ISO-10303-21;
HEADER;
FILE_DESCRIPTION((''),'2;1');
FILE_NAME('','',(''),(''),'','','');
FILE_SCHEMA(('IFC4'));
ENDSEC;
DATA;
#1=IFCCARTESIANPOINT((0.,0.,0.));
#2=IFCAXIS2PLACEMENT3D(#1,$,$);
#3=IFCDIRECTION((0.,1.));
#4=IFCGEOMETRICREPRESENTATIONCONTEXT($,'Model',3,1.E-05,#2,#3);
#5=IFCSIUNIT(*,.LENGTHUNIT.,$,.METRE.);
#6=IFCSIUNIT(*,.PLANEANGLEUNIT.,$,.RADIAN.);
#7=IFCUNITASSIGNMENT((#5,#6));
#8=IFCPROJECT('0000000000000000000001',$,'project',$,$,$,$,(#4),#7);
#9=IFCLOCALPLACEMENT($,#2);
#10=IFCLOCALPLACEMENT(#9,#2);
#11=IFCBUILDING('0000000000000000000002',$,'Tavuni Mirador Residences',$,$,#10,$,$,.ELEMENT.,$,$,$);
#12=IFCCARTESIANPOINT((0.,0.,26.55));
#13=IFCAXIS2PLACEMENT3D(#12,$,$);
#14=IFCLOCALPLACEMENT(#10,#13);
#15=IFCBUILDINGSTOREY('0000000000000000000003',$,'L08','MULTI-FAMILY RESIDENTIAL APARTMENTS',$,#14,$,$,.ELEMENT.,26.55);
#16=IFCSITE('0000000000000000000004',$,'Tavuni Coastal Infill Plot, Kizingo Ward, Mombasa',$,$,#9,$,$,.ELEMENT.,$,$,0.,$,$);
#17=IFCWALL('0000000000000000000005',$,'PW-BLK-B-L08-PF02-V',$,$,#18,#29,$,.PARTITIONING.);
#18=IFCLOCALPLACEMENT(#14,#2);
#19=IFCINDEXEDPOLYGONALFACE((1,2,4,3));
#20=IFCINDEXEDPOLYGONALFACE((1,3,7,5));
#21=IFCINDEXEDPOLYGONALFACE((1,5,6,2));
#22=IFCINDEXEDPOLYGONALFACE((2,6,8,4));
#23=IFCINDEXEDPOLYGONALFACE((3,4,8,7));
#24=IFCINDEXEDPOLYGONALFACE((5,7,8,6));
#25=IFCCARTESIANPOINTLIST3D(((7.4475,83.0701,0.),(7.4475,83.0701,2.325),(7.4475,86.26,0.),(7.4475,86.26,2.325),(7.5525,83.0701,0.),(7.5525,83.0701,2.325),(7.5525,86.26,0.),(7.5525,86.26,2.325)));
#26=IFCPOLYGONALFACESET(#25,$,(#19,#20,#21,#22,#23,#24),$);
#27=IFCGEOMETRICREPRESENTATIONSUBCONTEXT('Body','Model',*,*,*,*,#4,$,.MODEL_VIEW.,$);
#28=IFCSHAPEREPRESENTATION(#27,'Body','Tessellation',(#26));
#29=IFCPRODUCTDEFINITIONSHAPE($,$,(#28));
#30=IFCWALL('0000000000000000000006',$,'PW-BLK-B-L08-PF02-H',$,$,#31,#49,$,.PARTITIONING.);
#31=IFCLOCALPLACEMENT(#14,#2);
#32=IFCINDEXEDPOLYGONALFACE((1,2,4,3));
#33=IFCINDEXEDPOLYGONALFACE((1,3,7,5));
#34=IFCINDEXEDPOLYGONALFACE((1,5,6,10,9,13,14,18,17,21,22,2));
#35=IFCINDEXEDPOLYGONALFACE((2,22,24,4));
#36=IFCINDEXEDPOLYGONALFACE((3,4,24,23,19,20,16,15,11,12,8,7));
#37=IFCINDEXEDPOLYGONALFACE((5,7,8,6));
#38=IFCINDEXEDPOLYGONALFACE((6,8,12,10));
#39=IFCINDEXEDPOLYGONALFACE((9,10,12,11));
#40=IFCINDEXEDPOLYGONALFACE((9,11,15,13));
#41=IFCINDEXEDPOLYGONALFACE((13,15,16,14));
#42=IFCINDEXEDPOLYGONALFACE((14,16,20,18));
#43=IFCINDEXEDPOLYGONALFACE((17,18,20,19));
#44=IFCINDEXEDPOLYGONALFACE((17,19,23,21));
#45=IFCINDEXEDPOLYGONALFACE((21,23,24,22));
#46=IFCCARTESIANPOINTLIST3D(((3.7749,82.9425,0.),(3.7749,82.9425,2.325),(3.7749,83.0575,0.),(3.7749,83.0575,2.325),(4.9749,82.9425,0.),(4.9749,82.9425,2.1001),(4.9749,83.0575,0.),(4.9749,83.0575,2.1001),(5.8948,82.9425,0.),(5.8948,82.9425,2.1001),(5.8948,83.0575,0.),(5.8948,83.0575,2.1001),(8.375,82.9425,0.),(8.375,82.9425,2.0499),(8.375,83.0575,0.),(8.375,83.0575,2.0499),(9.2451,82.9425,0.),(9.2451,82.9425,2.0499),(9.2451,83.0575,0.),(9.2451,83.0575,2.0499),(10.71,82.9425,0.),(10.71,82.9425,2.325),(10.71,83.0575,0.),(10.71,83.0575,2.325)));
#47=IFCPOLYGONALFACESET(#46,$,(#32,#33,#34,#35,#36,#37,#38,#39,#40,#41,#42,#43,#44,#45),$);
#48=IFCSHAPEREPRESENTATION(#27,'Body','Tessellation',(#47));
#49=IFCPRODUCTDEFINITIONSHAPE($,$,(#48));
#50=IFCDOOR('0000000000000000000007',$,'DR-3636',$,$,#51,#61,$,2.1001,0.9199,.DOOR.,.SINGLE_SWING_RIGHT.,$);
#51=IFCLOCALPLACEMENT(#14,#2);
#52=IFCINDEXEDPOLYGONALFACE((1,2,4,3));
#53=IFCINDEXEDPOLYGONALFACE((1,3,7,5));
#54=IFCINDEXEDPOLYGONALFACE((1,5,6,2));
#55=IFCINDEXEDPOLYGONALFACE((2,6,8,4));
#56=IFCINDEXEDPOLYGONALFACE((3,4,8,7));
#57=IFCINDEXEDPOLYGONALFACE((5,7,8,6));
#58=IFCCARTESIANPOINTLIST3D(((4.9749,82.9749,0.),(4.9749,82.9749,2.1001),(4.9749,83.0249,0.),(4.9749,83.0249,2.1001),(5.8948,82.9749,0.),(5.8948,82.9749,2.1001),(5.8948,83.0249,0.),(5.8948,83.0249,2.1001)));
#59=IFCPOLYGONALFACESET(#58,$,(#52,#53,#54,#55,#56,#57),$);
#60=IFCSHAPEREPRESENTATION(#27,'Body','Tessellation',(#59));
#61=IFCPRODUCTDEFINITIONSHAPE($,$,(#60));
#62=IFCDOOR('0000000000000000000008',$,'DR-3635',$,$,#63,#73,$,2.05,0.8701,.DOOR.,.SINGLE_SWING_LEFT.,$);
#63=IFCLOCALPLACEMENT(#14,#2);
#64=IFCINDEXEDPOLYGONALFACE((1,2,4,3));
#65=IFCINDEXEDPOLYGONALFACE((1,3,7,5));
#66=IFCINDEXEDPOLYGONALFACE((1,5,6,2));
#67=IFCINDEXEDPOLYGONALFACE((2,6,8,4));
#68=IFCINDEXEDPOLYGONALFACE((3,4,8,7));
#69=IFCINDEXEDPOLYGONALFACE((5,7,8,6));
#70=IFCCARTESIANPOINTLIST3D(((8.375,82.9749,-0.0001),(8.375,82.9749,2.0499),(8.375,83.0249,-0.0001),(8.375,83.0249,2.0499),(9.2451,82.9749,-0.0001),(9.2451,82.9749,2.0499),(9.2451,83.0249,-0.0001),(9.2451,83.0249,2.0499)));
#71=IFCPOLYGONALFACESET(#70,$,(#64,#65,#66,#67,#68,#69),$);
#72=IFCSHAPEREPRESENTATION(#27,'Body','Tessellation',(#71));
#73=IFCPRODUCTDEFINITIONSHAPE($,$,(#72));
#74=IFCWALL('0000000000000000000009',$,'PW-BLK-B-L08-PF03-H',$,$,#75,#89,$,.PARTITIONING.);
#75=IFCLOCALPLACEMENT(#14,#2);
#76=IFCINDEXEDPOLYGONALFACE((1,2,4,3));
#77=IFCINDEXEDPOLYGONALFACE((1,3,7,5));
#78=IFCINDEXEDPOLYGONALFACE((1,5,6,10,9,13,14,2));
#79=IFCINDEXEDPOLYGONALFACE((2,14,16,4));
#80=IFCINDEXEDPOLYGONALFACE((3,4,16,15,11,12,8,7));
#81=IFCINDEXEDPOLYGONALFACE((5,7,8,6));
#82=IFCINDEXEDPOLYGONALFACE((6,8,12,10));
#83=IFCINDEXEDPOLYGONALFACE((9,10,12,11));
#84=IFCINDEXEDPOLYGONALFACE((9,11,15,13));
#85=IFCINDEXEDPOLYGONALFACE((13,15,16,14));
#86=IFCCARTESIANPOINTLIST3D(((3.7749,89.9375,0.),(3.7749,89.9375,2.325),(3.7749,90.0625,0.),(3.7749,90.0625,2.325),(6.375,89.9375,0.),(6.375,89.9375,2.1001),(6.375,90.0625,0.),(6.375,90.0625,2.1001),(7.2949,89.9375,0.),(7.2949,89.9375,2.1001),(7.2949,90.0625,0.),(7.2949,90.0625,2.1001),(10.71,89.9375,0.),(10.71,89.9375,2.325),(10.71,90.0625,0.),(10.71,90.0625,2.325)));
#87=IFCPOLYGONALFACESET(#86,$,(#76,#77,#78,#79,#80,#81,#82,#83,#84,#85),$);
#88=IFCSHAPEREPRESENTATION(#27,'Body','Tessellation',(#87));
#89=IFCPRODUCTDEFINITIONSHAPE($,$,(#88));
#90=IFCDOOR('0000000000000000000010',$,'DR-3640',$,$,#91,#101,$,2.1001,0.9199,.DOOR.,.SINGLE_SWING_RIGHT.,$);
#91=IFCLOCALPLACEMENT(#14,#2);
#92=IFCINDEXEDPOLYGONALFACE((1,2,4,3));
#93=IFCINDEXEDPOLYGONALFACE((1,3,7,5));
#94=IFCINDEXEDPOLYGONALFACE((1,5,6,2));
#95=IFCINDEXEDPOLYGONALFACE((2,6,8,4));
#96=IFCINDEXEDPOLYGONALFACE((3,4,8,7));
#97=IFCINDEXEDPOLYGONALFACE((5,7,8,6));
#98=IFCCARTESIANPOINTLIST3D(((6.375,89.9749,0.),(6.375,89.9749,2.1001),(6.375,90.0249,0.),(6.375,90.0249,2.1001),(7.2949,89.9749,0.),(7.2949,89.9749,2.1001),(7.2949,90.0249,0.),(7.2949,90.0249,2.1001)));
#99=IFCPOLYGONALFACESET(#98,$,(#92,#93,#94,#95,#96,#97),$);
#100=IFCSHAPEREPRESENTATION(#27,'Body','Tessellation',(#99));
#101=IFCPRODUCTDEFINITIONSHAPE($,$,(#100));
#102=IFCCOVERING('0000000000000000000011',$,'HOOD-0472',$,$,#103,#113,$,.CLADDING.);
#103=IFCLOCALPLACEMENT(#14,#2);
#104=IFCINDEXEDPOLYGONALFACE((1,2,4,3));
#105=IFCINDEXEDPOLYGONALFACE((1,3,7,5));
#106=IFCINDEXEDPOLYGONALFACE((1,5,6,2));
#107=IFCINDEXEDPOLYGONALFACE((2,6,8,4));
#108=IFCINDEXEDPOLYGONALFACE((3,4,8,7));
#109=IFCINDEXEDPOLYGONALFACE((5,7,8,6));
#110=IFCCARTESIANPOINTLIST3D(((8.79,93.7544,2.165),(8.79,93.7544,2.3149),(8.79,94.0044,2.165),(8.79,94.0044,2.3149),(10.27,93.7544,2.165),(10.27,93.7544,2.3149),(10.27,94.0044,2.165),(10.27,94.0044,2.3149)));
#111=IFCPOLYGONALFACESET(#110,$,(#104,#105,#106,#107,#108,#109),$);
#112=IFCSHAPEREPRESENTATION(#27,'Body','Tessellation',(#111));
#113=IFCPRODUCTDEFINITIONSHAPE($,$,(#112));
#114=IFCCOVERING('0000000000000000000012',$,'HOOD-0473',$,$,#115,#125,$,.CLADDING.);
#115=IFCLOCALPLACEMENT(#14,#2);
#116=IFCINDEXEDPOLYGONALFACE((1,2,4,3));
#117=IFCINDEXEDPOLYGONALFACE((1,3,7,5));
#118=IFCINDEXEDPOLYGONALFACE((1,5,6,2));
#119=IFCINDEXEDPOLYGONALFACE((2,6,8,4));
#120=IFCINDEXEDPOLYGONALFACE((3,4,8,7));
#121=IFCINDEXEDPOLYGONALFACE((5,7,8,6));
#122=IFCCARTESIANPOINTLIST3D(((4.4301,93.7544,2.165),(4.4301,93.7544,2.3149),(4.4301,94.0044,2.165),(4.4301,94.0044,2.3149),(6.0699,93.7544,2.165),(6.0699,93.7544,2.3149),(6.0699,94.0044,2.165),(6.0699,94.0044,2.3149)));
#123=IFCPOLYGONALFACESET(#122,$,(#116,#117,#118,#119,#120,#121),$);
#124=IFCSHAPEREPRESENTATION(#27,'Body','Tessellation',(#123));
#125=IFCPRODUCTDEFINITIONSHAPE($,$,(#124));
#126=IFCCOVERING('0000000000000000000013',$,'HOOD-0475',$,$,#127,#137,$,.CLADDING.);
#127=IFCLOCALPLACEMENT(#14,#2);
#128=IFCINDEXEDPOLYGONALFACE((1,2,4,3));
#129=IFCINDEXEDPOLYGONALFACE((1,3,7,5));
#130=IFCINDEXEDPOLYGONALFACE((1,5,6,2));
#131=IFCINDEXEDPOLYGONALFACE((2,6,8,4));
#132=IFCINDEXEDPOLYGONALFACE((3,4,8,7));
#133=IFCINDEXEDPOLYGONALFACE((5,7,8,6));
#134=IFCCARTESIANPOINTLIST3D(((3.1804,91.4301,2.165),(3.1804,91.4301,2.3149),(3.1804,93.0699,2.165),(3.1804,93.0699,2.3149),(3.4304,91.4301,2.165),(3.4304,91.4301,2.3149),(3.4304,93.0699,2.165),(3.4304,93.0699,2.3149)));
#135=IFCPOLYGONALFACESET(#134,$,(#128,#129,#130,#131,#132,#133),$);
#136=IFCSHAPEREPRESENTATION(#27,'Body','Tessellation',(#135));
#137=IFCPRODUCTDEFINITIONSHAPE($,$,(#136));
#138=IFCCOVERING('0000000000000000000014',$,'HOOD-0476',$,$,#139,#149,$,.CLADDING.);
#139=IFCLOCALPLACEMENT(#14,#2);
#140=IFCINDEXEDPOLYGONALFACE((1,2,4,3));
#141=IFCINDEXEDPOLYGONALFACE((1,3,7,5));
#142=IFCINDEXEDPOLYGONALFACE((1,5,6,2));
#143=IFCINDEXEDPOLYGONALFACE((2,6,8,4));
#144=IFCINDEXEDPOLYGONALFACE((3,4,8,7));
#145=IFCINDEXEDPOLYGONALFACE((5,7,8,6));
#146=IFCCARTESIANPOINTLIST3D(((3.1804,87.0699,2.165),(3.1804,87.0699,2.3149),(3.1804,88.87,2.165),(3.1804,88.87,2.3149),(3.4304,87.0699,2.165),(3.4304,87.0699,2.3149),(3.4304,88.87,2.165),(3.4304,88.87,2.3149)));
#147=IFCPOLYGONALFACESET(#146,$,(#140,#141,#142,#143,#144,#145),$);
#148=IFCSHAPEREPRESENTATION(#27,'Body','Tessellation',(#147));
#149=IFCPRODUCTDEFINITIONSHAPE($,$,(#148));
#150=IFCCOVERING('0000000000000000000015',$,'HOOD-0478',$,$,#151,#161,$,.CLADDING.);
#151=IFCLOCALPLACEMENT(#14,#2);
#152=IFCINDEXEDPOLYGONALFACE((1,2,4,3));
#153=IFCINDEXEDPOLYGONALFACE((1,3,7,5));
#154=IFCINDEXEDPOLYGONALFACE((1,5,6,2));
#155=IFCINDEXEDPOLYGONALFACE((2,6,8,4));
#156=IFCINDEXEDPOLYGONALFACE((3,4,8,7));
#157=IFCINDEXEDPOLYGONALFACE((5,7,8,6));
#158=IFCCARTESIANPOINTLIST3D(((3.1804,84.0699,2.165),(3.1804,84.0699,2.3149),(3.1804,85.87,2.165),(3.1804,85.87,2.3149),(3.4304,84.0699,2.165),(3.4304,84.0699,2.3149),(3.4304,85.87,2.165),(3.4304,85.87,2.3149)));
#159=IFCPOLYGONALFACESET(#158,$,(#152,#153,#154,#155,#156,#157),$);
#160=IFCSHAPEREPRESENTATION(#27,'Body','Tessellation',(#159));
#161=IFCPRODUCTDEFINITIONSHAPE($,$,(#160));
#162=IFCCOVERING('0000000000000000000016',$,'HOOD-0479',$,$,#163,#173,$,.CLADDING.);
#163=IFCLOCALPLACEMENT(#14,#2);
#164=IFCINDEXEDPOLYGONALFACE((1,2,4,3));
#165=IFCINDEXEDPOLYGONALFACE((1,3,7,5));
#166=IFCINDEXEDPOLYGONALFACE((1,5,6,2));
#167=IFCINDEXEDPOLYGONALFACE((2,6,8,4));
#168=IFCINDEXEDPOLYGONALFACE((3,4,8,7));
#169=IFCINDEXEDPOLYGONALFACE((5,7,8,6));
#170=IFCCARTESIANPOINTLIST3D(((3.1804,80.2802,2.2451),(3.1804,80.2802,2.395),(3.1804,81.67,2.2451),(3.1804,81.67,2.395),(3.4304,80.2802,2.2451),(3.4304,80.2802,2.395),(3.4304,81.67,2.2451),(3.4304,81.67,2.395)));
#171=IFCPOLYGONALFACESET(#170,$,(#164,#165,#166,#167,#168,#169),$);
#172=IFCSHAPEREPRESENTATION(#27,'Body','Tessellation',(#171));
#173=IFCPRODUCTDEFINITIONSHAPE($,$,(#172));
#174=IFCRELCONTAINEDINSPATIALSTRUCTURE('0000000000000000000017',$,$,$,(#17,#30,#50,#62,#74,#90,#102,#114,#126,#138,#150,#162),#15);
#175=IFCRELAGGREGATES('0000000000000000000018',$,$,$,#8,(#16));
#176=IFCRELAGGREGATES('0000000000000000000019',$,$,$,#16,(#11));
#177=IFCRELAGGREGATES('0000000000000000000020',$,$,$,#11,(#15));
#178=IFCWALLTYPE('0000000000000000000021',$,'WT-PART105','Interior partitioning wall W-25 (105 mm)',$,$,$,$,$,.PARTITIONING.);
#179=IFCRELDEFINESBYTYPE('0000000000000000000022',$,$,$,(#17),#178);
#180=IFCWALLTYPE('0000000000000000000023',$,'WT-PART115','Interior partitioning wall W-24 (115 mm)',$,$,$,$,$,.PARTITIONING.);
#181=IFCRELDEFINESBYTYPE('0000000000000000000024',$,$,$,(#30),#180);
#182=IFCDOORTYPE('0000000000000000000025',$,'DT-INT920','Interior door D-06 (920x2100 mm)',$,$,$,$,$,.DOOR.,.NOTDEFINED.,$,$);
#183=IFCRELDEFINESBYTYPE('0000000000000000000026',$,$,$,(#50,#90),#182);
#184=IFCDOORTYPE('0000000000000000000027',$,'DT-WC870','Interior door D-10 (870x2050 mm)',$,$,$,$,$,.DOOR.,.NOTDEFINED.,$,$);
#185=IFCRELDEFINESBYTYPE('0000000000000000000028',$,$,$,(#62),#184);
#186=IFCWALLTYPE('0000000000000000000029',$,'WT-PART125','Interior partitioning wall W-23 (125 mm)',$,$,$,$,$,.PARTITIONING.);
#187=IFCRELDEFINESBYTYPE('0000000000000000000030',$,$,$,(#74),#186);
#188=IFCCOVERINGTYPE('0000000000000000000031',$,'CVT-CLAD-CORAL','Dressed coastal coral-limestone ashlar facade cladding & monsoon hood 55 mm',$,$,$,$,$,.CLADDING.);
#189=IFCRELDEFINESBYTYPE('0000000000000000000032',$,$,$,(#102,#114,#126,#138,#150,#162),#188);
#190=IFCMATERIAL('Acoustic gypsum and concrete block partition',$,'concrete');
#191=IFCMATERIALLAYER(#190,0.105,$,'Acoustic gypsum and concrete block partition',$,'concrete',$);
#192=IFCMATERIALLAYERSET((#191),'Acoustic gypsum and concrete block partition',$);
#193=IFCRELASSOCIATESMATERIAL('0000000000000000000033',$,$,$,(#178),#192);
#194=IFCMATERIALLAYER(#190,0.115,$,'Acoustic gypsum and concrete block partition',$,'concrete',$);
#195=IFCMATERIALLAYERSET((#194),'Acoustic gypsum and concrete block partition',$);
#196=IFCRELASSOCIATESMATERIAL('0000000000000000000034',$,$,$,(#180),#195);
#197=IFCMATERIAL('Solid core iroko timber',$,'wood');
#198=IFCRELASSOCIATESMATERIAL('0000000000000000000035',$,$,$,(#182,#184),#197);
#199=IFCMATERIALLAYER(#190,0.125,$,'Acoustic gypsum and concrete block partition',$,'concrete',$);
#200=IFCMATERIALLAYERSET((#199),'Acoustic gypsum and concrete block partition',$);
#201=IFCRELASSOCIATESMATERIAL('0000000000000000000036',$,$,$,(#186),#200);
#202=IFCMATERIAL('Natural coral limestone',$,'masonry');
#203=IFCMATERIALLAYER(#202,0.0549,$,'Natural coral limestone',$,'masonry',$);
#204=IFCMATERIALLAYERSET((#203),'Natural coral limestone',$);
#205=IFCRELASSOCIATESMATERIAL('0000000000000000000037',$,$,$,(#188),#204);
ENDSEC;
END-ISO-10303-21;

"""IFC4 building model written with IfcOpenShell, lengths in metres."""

from ifc_helpers import new_model, si_unit, direction, frame, frame_2d, origin, origin_2d, place, context, subcontext, project, spatial, rectangle, extrude, material, layer, layer_set, type_object, element, fill, save


model = new_model("IFC4")

# Units and contexts
model_context = context("Model", 3, precision=1e-05, world=origin(), true_north=direction((0.0, 1.0)))
body_context = subcontext(model_context, "Body", "Model", "MODEL_VIEW")
ifc_project = project(units=[si_unit("LENGTHUNIT", "METRE"), si_unit("PLANEANGLEUNIT", "RADIAN")], contexts=[model_context])

# Site, building, storey
site_placement = place(None, origin())
site = spatial("IfcSite", under=ifc_project, at=site_placement, Name="Tavuni Coastal Infill Plot, Kizingo Ward, Mombasa", CompositionType="ELEMENT", RefElevation=0.0)
building_placement = place(site_placement, origin())
building = spatial("IfcBuilding", under=site, at=building_placement, Name="Tavuni Mirador Residences", CompositionType="ELEMENT")
storey_placement = place(building_placement, frame((0.0, 0.0, 26.55)))
storey = spatial("IfcBuildingStorey", under=building, at=storey_placement, Name="L08", Description="MULTI-FAMILY RESIDENTIAL APARTMENTS", CompositionType="ELEMENT", Elevation=26.55)

# Wall
ifc_material_1 = material(Name="Acoustic gypsum and concrete block partition", Category="concrete")
ifc_layer_1 = layer(ifc_material_1, 0.105, Name="Acoustic gypsum and concrete block partition", Category="concrete")
ifc_layer_set_1 = layer_set([ifc_layer_1], Name="Acoustic gypsum and concrete block partition")
wall_type_1 = type_object("IfcWallType", Name="WT-PART105", Description="Interior partitioning wall W-25 (105 mm)", PredefinedType="PARTITIONING", material=ifc_layer_set_1)
wall_1_placement = place(storey_placement, frame((7.5, 83.0701, 0.0), z_axis=(0.0, 0.0, 1.0), x_axis=(0.0, 1.0, 0.0)))
element("IfcWall", 1, at=wall_1_placement, inside=storey, type_object=wall_type_1, Name="PW-BLK-B-L08-PF02-V", PredefinedType="PARTITIONING", context=body_context, shape_type="SweptSolid", body=[
    extrude(rectangle(XDim=3.1899, YDim=0.105, at=frame_2d((1.595, 0.0))), origin(), (0.0, 0.0, 1.0), 2.325),
])

# Wall, openings, doors
ifc_layer_2 = layer(ifc_material_1, 0.115, Name="Acoustic gypsum and concrete block partition", Category="concrete")
ifc_layer_set_2 = layer_set([ifc_layer_2], Name="Acoustic gypsum and concrete block partition")
wall_type_2 = type_object("IfcWallType", Name="WT-PART115", Description="Interior partitioning wall W-24 (115 mm)", PredefinedType="PARTITIONING", material=ifc_layer_set_2)
wall_2_placement = place(storey_placement, frame((3.7749, 83.0, 0.0), z_axis=(0.0, 0.0, 1.0), x_axis=(1.0, 0.0, 0.0)))
wall_2 = element("IfcWall", 2, at=wall_2_placement, inside=storey, type_object=wall_type_2, Name="PW-BLK-B-L08-PF02-H", PredefinedType="PARTITIONING", context=body_context, shape_type="SweptSolid", body=[
    extrude(rectangle(XDim=6.9351, YDim=0.115, at=frame_2d((3.4675, 0.0))), origin(), (0.0, 0.0, 1.0), 2.325),
])
opening_1_placement = place(wall_2_placement, frame((4.6001, 0.0, 0.0)))
opening_1 = element("IfcOpeningElement", 3, at=opening_1_placement, cuts=wall_2, PredefinedType="OPENING", context=body_context, shape_type="SweptSolid", body=[
    extrude(rectangle(XDim=0.8701, YDim=2.05, at=frame_2d((0.4351, 1.0249))), frame((0.0, 0.0674, 0.0), z_axis=(0.0, -1.0, 0.0), x_axis=(1.0, 0.0, 0.0)), (0.0, 0.0, 1.0), 0.135),
])
opening_2_placement = place(wall_2_placement, frame((1.2, 0.0, 0.0)))
opening_2 = element("IfcOpeningElement", 4, at=opening_2_placement, cuts=wall_2, PredefinedType="OPENING", context=body_context, shape_type="SweptSolid", body=[
    extrude(rectangle(XDim=0.9199, YDim=2.1001, at=frame_2d((0.46, 1.05))), frame((0.0, 0.0674, 0.0), z_axis=(0.0, -1.0, 0.0), x_axis=(1.0, 0.0, 0.0)), (0.0, 0.0, 1.0), 0.135),
])
ifc_material_2 = material(Name="Solid core iroko timber", Category="wood")
door_type_1 = type_object("IfcDoorType", Name="DT-INT920", Description="Interior door D-06 (920x2100 mm)", OperationType="NOTDEFINED", PredefinedType="DOOR", material=ifc_material_2)
door_1_placement = place(opening_2_placement, origin())
door_1 = element("IfcDoor", 5, at=door_1_placement, inside=storey, type_object=door_type_1, Name="DR-3636", OperationType="SINGLE_SWING_RIGHT", OverallHeight=2.1001, OverallWidth=0.9199, PredefinedType="DOOR", context=body_context, shape_type="SweptSolid", body=[
    extrude(rectangle(XDim=0.9199, YDim=2.1001, at=frame_2d((0.46, 1.05))), frame((0.0, 0.0249, 0.0), z_axis=(0.0, -1.0, 0.0), x_axis=(1.0, 0.0, 0.0)), (0.0, 0.0, 1.0), 0.05),
])
fill(opening_2, door_1)
door_type_2 = type_object("IfcDoorType", Name="DT-WC870", Description="Interior door D-10 (870x2050 mm)", OperationType="NOTDEFINED", PredefinedType="DOOR", material=ifc_material_2)
door_2_placement = place(opening_1_placement, origin())
door_2 = element("IfcDoor", 6, at=door_2_placement, inside=storey, type_object=door_type_2, Name="DR-3635", OperationType="SINGLE_SWING_LEFT", OverallHeight=2.05, OverallWidth=0.8701, PredefinedType="DOOR", context=body_context, shape_type="SweptSolid", body=[
    extrude(rectangle(XDim=0.8701, YDim=2.05, at=frame_2d((0.4351, 1.0249))), frame((0.0, 0.0249, 0.0), z_axis=(0.0, -1.0, 0.0), x_axis=(1.0, 0.0, 0.0)), (0.0, 0.0, 1.0), 0.05),
])
fill(opening_1, door_2)

# Wall, opening, door
ifc_layer_3 = layer(ifc_material_1, 0.125, Name="Acoustic gypsum and concrete block partition", Category="concrete")
ifc_layer_set_3 = layer_set([ifc_layer_3], Name="Acoustic gypsum and concrete block partition")
wall_type_3 = type_object("IfcWallType", Name="WT-PART125", Description="Interior partitioning wall W-23 (125 mm)", PredefinedType="PARTITIONING", material=ifc_layer_set_3)
wall_3_placement = place(storey_placement, frame((3.7749, 90.0, 0.0), z_axis=(0.0, 0.0, 1.0), x_axis=(1.0, 0.0, 0.0)))
wall_3 = element("IfcWall", 7, at=wall_3_placement, inside=storey, type_object=wall_type_3, Name="PW-BLK-B-L08-PF03-H", PredefinedType="PARTITIONING", context=body_context, shape_type="SweptSolid", body=[
    extrude(rectangle(XDim=6.9351, YDim=0.125, at=frame_2d((3.4675, 0.0))), origin(), (0.0, 0.0, 1.0), 2.325),
])
opening_3_placement = place(wall_3_placement, frame((2.6001, 0.0, 0.0)))
opening_3 = element("IfcOpeningElement", 8, at=opening_3_placement, cuts=wall_3, PredefinedType="OPENING", context=body_context, shape_type="SweptSolid", body=[
    extrude(rectangle(XDim=0.9199, YDim=2.1001, at=frame_2d((0.46, 1.05))), frame((0.0, 0.0725, 0.0), z_axis=(0.0, -1.0, 0.0), x_axis=(1.0, 0.0, 0.0)), (0.0, 0.0, 1.0), 0.145),
])
door_3_placement = place(opening_3_placement, origin())
door_3 = element("IfcDoor", 9, at=door_3_placement, inside=storey, type_object=door_type_1, Name="DR-3640", OperationType="SINGLE_SWING_RIGHT", OverallHeight=2.1001, OverallWidth=0.9199, PredefinedType="DOOR", context=body_context, shape_type="SweptSolid", body=[
    extrude(rectangle(XDim=0.9199, YDim=2.1001, at=frame_2d((0.46, 1.05))), frame((0.0, 0.0249, 0.0), z_axis=(0.0, -1.0, 0.0), x_axis=(1.0, 0.0, 0.0)), (0.0, 0.0, 1.0), 0.05),
])
fill(opening_3, door_3)

# Coverings
ifc_material_3 = material(Name="Natural coral limestone", Category="masonry")
ifc_layer_4 = layer(ifc_material_3, 0.0549, Name="Natural coral limestone", Category="masonry")
ifc_layer_set_4 = layer_set([ifc_layer_4], Name="Natural coral limestone")
covering_type = type_object("IfcCoveringType", Name="CVT-CLAD-CORAL", Description="Dressed coastal coral-limestone ashlar facade cladding & monsoon hood 55 mm", PredefinedType="CLADDING", material=ifc_layer_set_4)
covering_1_placement = place(storey_placement, frame((9.53, 93.8794, 2.165), z_axis=(0.0, 0.0, 1.0), x_axis=(-1.0, 0.0, 0.0)))
element("IfcCovering", 10, at=covering_1_placement, inside=storey, type_object=covering_type, Name="HOOD-0472", PredefinedType="CLADDING", context=body_context, shape_type="SweptSolid", body=[
    extrude(rectangle(XDim=1.48, YDim=0.25, at=origin_2d()), origin(), (0.0, 0.0, 1.0), 0.1499),
])
for number, where, z_axis, x_axis, name in (
    (11, (5.25, 93.8794, 2.165), (0.0, 0.0, 1.0), (-1.0, 0.0, 0.0), "HOOD-0473"),
    (12, (3.3054, 92.25, 2.165), (0.0, 0.0, 1.0), (0.0, -1.0, 0.0), "HOOD-0475"),
):
    element("IfcCovering", number, at=place(storey_placement, frame(where, z_axis=z_axis, x_axis=x_axis)), inside=storey, type_object=covering_type, Name=name, PredefinedType="CLADDING", context=body_context, shape_type="SweptSolid", body=[
        extrude(rectangle(XDim=1.6399, YDim=0.25, at=origin_2d()), origin(), (0.0, 0.0, 1.0), 0.1499),
    ])
for number, where, z_axis, x_axis, name in (
    (13, (3.3054, 87.97, 2.165), (0.0, 0.0, 1.0), (0.0, -1.0, 0.0), "HOOD-0476"),
    (14, (3.3054, 84.97, 2.165), (0.0, 0.0, 1.0), (0.0, -1.0, 0.0), "HOOD-0478"),
):
    element("IfcCovering", number, at=place(storey_placement, frame(where, z_axis=z_axis, x_axis=x_axis)), inside=storey, type_object=covering_type, Name=name, PredefinedType="CLADDING", context=body_context, shape_type="SweptSolid", body=[
        extrude(rectangle(XDim=1.8, YDim=0.25, at=origin_2d()), origin(), (0.0, 0.0, 1.0), 0.1499),
    ])
covering_2_placement = place(storey_placement, frame((3.3054, 80.9751, 2.2451), z_axis=(0.0, 0.0, 1.0), x_axis=(0.0, -1.0, 0.0)))
element("IfcCovering", 15, at=covering_2_placement, inside=storey, type_object=covering_type, Name="HOOD-0479", PredefinedType="CLADDING", context=body_context, shape_type="SweptSolid", body=[
    extrude(rectangle(XDim=1.3899, YDim=0.25, at=origin_2d()), origin(), (0.0, 0.0, 1.0), 0.1499),
])

save(model, "model.ifc")
